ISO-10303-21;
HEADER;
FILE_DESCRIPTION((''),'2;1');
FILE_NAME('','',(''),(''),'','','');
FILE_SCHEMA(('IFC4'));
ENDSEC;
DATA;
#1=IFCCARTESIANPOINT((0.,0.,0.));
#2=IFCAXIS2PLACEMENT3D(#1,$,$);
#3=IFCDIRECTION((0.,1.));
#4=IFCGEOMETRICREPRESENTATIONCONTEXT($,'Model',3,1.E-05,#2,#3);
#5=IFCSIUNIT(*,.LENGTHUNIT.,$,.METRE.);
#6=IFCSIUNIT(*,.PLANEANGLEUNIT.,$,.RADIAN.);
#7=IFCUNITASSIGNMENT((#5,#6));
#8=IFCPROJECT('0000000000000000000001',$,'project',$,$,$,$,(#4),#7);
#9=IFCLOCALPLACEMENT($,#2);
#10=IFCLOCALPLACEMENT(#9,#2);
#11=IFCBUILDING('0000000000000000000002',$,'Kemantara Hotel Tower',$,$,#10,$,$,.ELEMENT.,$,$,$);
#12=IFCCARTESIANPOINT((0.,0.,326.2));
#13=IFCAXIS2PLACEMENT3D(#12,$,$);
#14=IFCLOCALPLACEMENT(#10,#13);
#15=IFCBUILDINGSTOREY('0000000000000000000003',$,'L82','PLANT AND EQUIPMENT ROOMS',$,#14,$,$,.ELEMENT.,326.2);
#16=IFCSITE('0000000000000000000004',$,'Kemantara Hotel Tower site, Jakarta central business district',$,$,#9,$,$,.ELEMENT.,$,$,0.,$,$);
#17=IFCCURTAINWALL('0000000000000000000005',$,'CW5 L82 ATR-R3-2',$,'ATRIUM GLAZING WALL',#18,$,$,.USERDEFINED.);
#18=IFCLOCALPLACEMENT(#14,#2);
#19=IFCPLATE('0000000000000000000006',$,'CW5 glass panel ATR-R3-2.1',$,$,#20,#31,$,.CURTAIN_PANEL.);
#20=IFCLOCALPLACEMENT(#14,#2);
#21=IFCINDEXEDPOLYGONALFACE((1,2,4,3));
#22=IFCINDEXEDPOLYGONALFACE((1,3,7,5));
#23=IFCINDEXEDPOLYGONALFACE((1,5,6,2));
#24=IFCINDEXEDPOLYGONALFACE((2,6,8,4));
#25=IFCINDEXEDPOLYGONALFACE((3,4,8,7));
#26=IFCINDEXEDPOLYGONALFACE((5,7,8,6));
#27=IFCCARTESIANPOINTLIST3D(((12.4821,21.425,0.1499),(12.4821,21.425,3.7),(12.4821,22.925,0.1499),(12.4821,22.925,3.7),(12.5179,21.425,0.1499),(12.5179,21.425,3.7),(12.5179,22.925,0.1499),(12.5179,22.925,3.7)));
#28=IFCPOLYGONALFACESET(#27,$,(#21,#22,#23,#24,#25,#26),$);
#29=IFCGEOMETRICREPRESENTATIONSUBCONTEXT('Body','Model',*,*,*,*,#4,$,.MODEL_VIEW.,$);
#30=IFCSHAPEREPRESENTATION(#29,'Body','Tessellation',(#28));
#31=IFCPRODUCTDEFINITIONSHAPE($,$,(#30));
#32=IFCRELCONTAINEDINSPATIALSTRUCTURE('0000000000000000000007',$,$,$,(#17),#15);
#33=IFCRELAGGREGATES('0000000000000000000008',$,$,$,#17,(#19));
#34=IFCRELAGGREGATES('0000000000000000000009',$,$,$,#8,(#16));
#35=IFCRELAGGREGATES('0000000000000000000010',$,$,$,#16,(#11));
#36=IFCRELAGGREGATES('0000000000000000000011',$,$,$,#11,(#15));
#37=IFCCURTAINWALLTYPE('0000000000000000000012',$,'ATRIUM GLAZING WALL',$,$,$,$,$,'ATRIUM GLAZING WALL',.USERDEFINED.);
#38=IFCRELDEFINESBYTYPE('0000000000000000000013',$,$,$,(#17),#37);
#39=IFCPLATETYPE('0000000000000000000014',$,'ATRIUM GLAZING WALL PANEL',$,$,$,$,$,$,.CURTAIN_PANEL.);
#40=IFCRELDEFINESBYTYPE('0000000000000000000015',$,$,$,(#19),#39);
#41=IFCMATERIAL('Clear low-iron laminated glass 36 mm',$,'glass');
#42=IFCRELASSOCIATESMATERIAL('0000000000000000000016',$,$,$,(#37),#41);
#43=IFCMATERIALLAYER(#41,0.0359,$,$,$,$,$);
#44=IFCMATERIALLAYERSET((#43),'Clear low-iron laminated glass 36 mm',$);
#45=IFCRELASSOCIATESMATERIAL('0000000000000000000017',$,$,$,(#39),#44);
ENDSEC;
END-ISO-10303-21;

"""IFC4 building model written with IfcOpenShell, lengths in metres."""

from ifc_helpers import new_model, si_unit, direction, frame, origin, origin_2d, place, context, subcontext, project, spatial, rectangle, extrude, source, transform, mapped, material, layer, layer_set, type_object, element, aggregate, save


model = new_model("IFC4")

# Units and contexts
model_context = context("Model", 3, precision=1e-05, world=origin(), true_north=direction((0.0, 1.0)))
body_context = subcontext(model_context, "Body", "Model", "MODEL_VIEW")
ifc_project = project(units=[si_unit("LENGTHUNIT", "METRE"), si_unit("PLANEANGLEUNIT", "RADIAN")], contexts=[model_context])

# Site, building, storey
site_placement = place(None, origin())
site = spatial("IfcSite", under=ifc_project, at=site_placement, Name="Kemantara Hotel Tower site, Jakarta central business district", CompositionType="ELEMENT", RefElevation=0.0)
building_placement = place(site_placement, origin())
building = spatial("IfcBuilding", under=site, at=building_placement, Name="Kemantara Hotel Tower", CompositionType="ELEMENT")
storey_placement = place(building_placement, frame((0.0, 0.0, 326.2)))
storey = spatial("IfcBuildingStorey", under=building, at=storey_placement, Name="L82", Description="PLANT AND EQUIPMENT ROOMS", CompositionType="ELEMENT", Elevation=326.2)

# Shared definitions
ifc_material_1 = material(Name="Clear low-iron laminated glass 36 mm", Category="glass")
curtain_wall_type_1 = type_object("IfcCurtainWallType", Name="ATRIUM GLAZING WALL", ElementType="ATRIUM GLAZING WALL", PredefinedType="USERDEFINED", material=ifc_material_1)

# Curtain wall
curtain_wall_1_placement = place(storey_placement, origin())
curtain_wall_1 = element("IfcCurtainWall", 1, at=curtain_wall_1_placement, inside=storey, type_object=curtain_wall_type_1, Name="CW5 L82 ATR-R3-2", ObjectType="ATRIUM GLAZING WALL", PredefinedType="USERDEFINED")

# Plate
ifc_layer = layer(ifc_material_1, 0.0359)
ifc_layer_set = layer_set([ifc_layer], Name="Clear low-iron laminated glass 36 mm")
plate_type = type_object("IfcPlateType", Name="ATRIUM GLAZING WALL PANEL", PredefinedType="CURTAIN_PANEL", material=ifc_layer_set)
shared_shape_1 = source(origin(), body_context, "Body", "SweptSolid", [
    extrude(rectangle(XDim=1.5, YDim=0.0359, at=origin_2d()), origin(), (0.0, 0.0, 1.0), 3.55),
])
plate_1_placement = place(storey_placement, frame((12.5, 22.175, 0.1499), z_axis=(0.0, 0.0, 1.0), x_axis=(0.0, 1.0, 0.0)))
plate_1 = element("IfcPlate", 2, at=plate_1_placement, type_object=plate_type, Name="CW5 glass panel ATR-R3-2.1", PredefinedType="CURTAIN_PANEL", context=body_context, shape_type="MappedRepresentation", body=[
    mapped(shared_shape_1, transform((0.0, 0.0, 0.0))),
])
aggregate(curtain_wall_1, [plate_1])

save(model, "model.ifc")
